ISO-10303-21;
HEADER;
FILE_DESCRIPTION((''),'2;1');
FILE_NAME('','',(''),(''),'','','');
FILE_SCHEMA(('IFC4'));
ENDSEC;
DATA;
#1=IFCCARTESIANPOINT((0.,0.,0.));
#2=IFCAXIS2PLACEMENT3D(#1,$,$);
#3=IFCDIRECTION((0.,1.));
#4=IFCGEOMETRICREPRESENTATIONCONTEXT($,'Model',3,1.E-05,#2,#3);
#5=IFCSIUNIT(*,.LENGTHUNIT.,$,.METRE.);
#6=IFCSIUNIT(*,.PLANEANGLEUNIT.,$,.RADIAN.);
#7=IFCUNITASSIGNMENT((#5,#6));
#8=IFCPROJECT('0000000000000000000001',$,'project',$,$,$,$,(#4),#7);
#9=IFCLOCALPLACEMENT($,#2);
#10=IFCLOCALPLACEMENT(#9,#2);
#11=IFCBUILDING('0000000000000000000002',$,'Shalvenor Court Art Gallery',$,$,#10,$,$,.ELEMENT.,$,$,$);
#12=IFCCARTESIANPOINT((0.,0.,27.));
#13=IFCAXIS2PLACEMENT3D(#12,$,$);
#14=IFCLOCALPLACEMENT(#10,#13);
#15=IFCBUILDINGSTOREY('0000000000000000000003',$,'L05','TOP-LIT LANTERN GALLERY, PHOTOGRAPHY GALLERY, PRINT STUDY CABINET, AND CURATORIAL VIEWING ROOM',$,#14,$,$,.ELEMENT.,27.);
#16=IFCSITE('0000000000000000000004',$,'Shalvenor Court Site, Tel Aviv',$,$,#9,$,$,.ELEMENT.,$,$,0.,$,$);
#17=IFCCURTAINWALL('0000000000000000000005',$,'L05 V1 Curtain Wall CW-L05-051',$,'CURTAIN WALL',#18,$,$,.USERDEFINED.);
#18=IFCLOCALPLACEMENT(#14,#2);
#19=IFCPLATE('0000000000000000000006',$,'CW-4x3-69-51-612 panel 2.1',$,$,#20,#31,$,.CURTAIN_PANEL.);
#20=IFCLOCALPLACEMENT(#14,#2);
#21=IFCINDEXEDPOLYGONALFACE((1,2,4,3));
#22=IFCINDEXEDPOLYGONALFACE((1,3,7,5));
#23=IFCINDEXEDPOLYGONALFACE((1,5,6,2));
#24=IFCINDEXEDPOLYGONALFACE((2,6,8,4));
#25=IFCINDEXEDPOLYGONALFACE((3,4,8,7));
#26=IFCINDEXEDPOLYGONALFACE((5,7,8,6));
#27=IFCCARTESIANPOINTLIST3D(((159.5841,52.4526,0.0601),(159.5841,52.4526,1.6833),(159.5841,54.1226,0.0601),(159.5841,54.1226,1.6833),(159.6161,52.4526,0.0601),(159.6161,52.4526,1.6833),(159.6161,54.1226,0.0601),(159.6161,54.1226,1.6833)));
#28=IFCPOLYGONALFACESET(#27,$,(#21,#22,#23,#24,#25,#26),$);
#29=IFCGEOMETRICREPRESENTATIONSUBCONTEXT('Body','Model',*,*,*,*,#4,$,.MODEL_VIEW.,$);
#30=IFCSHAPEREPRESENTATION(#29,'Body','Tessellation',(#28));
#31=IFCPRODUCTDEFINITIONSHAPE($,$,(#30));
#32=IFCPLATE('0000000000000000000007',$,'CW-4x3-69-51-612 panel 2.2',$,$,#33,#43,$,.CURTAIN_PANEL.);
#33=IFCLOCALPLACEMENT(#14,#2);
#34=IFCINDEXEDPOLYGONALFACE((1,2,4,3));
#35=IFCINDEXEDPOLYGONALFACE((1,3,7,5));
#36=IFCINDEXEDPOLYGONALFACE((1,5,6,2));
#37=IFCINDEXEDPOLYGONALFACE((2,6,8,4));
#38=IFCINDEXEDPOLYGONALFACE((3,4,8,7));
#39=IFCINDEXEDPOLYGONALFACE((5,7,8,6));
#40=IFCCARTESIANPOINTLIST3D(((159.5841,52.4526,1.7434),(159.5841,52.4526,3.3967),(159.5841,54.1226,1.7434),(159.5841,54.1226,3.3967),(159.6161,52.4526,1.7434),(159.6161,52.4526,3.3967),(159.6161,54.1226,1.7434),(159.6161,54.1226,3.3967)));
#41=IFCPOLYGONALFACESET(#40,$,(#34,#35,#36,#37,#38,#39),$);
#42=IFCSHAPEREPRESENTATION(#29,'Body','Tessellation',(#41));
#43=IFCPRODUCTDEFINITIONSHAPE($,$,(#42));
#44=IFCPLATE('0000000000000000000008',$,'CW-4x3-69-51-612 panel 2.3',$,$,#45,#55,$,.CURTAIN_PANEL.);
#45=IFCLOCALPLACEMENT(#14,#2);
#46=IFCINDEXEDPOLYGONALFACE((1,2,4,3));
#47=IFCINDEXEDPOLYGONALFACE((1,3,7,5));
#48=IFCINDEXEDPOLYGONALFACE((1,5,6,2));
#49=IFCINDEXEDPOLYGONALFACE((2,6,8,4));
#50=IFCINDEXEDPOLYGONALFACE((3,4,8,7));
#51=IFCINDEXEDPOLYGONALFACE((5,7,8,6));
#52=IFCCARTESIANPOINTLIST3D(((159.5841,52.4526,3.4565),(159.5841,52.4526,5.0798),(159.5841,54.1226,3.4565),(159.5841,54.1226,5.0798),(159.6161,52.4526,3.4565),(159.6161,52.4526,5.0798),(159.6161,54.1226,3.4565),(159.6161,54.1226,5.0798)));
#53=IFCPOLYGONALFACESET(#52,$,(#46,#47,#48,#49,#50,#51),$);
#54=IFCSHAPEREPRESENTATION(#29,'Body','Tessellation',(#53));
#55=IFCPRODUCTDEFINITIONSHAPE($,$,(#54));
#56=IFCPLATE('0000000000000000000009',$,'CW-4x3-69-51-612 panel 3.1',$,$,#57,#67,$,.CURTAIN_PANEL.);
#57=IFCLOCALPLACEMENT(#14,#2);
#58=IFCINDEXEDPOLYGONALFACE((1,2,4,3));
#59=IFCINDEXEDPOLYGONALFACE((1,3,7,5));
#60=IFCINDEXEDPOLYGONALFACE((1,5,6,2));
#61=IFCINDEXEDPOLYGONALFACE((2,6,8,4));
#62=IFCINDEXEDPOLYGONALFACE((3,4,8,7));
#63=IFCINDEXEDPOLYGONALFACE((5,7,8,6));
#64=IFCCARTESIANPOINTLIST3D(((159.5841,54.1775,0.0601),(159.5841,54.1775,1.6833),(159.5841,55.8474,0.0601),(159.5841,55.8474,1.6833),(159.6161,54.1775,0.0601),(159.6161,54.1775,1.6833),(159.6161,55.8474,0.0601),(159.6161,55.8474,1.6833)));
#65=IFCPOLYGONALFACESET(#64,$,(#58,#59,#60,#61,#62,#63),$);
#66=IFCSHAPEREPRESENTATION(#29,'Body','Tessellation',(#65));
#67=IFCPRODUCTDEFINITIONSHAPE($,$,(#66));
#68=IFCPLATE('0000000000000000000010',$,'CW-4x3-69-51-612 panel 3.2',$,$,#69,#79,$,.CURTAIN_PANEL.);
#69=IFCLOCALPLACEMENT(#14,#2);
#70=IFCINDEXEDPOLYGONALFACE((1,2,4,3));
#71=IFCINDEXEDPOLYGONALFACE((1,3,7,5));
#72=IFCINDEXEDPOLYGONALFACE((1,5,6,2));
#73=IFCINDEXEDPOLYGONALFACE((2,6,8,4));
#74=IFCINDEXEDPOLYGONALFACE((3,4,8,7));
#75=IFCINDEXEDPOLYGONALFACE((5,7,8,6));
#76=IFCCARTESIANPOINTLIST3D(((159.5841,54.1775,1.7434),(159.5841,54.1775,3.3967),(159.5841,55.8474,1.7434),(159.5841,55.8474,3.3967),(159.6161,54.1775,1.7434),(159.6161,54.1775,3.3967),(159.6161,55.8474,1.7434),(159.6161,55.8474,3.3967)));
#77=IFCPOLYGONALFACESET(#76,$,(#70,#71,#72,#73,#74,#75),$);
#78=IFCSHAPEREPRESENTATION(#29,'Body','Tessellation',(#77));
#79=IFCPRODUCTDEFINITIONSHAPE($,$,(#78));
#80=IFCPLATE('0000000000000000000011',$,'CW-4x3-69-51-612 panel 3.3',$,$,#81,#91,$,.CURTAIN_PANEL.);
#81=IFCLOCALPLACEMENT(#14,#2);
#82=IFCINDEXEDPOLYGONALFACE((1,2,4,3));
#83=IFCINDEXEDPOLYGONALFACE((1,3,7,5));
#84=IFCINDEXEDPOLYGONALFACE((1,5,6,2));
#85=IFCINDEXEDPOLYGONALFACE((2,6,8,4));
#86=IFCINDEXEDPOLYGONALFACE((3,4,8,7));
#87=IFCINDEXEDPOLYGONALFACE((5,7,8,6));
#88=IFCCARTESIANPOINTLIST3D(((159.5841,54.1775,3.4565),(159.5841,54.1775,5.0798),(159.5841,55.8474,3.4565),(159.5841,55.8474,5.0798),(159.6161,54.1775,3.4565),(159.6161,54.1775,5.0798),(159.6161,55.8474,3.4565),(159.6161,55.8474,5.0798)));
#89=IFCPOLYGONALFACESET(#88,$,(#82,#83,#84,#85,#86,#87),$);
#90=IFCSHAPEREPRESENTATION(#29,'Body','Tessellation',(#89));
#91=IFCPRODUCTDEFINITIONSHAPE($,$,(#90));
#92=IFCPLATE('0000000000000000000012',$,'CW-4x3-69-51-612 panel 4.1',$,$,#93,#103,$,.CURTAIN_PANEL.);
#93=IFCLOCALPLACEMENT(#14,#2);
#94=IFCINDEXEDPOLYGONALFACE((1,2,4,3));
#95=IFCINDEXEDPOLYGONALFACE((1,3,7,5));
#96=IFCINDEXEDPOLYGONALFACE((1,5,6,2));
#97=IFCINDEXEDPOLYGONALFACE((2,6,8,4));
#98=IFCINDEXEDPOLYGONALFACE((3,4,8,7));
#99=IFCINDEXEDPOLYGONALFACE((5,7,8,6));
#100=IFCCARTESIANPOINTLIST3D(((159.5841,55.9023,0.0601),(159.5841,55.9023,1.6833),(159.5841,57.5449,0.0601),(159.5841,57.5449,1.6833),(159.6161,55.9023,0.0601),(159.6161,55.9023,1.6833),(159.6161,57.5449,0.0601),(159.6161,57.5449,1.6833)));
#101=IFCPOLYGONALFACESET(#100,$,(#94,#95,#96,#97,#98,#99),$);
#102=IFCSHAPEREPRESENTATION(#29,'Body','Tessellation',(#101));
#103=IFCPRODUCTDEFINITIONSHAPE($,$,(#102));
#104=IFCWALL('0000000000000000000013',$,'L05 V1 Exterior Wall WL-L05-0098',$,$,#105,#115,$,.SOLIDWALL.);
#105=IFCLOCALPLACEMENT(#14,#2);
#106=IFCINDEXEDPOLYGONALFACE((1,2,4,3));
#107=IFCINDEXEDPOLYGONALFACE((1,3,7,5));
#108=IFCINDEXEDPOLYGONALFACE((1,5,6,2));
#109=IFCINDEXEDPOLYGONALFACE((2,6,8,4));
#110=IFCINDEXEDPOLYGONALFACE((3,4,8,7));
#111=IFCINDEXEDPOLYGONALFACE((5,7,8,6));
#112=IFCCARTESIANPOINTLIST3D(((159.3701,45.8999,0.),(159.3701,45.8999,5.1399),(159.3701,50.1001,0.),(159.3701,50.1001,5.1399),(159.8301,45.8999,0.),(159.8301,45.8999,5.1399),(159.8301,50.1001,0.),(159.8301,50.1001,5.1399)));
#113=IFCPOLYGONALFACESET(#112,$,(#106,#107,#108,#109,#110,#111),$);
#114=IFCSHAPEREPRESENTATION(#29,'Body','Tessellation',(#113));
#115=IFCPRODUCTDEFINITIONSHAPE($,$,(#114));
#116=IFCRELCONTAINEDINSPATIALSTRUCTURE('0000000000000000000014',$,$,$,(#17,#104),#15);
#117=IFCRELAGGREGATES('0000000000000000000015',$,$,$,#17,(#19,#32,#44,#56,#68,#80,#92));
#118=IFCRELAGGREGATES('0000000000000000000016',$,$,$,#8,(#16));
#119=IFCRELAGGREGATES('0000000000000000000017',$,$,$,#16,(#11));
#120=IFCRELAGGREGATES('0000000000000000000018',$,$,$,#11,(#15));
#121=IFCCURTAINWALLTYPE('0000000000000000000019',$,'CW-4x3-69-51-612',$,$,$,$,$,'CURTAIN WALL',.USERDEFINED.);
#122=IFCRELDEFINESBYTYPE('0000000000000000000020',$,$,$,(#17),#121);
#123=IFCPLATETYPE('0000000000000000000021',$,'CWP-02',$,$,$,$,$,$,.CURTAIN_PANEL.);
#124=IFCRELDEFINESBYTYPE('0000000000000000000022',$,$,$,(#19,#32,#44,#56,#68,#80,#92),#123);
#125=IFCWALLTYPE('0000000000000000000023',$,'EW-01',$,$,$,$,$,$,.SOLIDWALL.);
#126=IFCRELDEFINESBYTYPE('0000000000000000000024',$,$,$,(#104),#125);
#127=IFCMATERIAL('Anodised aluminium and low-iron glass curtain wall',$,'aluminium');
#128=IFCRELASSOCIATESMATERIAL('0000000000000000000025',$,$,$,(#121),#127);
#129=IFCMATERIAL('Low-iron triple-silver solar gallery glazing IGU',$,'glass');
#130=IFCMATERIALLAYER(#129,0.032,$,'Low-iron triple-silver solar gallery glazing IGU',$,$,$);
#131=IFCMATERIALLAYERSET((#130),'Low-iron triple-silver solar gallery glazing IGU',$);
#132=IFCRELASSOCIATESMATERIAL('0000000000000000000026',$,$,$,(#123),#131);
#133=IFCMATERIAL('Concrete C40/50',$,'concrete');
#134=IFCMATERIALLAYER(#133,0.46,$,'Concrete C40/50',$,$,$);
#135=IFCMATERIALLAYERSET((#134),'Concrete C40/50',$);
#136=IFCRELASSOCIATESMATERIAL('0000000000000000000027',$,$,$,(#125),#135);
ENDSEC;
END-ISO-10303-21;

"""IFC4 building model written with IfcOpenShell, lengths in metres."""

from ifc_helpers import new_model, si_unit, direction, frame, frame_2d, origin, origin_2d, place, context, subcontext, project, spatial, rectangle, extrude, material, layer, layer_set, type_object, element, aggregate, save


model = new_model("IFC4")

# Units and contexts
model_context = context("Model", 3, precision=1e-05, world=origin(), true_north=direction((0.0, 1.0)))
body_context = subcontext(model_context, "Body", "Model", "MODEL_VIEW")
ifc_project = project(units=[si_unit("LENGTHUNIT", "METRE"), si_unit("PLANEANGLEUNIT", "RADIAN")], contexts=[model_context])

# Site, building, storey
site_placement = place(None, origin())
site = spatial("IfcSite", under=ifc_project, at=site_placement, Name="Shalvenor Court Site, Tel Aviv", CompositionType="ELEMENT", RefElevation=0.0)
building_placement = place(site_placement, origin())
building = spatial("IfcBuilding", under=site, at=building_placement, Name="Shalvenor Court Art Gallery", CompositionType="ELEMENT")
storey_placement = place(building_placement, frame((0.0, 0.0, 27.0)))
storey = spatial("IfcBuildingStorey", under=building, at=storey_placement, Name="L05", Description="TOP-LIT LANTERN GALLERY, PHOTOGRAPHY GALLERY, PRINT STUDY CABINET, AND CURATORIAL VIEWING ROOM", CompositionType="ELEMENT", Elevation=27.0)

# Curtain wall, plates
ifc_material_1 = material(Name="Anodised aluminium and low-iron glass curtain wall", Category="aluminium")
curtain_wall_type = type_object("IfcCurtainWallType", Name="CW-4x3-69-51-612", ElementType="CURTAIN WALL", PredefinedType="USERDEFINED", material=ifc_material_1)
curtain_wall_placement = place(storey_placement, origin())
curtain_wall = element("IfcCurtainWall", 1, at=curtain_wall_placement, inside=storey, type_object=curtain_wall_type, Name="L05 V1 Curtain Wall CW-L05-051", ObjectType="CURTAIN WALL", PredefinedType="USERDEFINED")
ifc_material_2 = material(Name="Low-iron triple-silver solar gallery glazing IGU", Category="glass")
ifc_layer_1 = layer(ifc_material_2, 0.032, Name="Low-iron triple-silver solar gallery glazing IGU")
ifc_layer_set_1 = layer_set([ifc_layer_1], Name="Low-iron triple-silver solar gallery glazing IGU")
plate_type = type_object("IfcPlateType", Name="CWP-02", PredefinedType="CURTAIN_PANEL", material=ifc_layer_set_1)
plate_1_placement = place(storey_placement, frame((159.6001, 53.2876, 0.0601), z_axis=(0.0, 0.0, 1.0), x_axis=(0.0, 1.0, 0.0)))
plate_1 = element("IfcPlate", 2, at=plate_1_placement, type_object=plate_type, Name="CW-4x3-69-51-612 panel 2.1", PredefinedType="CURTAIN_PANEL", context=body_context, shape_type="SweptSolid", body=[
    extrude(rectangle(XDim=1.6699, YDim=0.032, at=origin_2d()), origin(), (0.0, 0.0, 1.0), 1.6233),
])
plate_2_placement = place(storey_placement, frame((159.6001, 53.2876, 1.7434), z_axis=(0.0, 0.0, 1.0), x_axis=(0.0, 1.0, 0.0)))
plate_2 = element("IfcPlate", 3, at=plate_2_placement, type_object=plate_type, Name="CW-4x3-69-51-612 panel 2.2", PredefinedType="CURTAIN_PANEL", context=body_context, shape_type="SweptSolid", body=[
    extrude(rectangle(XDim=1.6699, YDim=0.032, at=origin_2d()), origin(), (0.0, 0.0, 1.0), 1.6533),
])
plate_3_placement = place(storey_placement, frame((159.6001, 53.2876, 3.4565), z_axis=(0.0, 0.0, 1.0), x_axis=(0.0, 1.0, 0.0)))
plate_3 = element("IfcPlate", 4, at=plate_3_placement, type_object=plate_type, Name="CW-4x3-69-51-612 panel 2.3", PredefinedType="CURTAIN_PANEL", context=body_context, shape_type="SweptSolid", body=[
    extrude(rectangle(XDim=1.6699, YDim=0.032, at=origin_2d()), origin(), (0.0, 0.0, 1.0), 1.6233),
])
plate_4_placement = place(storey_placement, frame((159.6001, 55.0125, 0.0601), z_axis=(0.0, 0.0, 1.0), x_axis=(0.0, 1.0, 0.0)))
plate_4 = element("IfcPlate", 5, at=plate_4_placement, type_object=plate_type, Name="CW-4x3-69-51-612 panel 3.1", PredefinedType="CURTAIN_PANEL", context=body_context, shape_type="SweptSolid", body=[
    extrude(rectangle(XDim=1.6699, YDim=0.032, at=origin_2d()), origin(), (0.0, 0.0, 1.0), 1.6233),
])
plate_5_placement = place(storey_placement, frame((159.6001, 55.0125, 1.7434), z_axis=(0.0, 0.0, 1.0), x_axis=(0.0, 1.0, 0.0)))
plate_5 = element("IfcPlate", 6, at=plate_5_placement, type_object=plate_type, Name="CW-4x3-69-51-612 panel 3.2", PredefinedType="CURTAIN_PANEL", context=body_context, shape_type="SweptSolid", body=[
    extrude(rectangle(XDim=1.6699, YDim=0.032, at=origin_2d()), origin(), (0.0, 0.0, 1.0), 1.6533),
])
plate_6_placement = place(storey_placement, frame((159.6001, 55.0125, 3.4565), z_axis=(0.0, 0.0, 1.0), x_axis=(0.0, 1.0, 0.0)))
plate_6 = element("IfcPlate", 7, at=plate_6_placement, type_object=plate_type, Name="CW-4x3-69-51-612 panel 3.3", PredefinedType="CURTAIN_PANEL", context=body_context, shape_type="SweptSolid", body=[
    extrude(rectangle(XDim=1.6699, YDim=0.032, at=origin_2d()), origin(), (0.0, 0.0, 1.0), 1.6233),
])
plate_7_placement = place(storey_placement, frame((159.6001, 56.7236, 0.0601), z_axis=(0.0, 0.0, 1.0), x_axis=(0.0, 1.0, 0.0)))
plate_7 = element("IfcPlate", 8, at=plate_7_placement, type_object=plate_type, Name="CW-4x3-69-51-612 panel 4.1", PredefinedType="CURTAIN_PANEL", context=body_context, shape_type="SweptSolid", body=[
    extrude(rectangle(XDim=1.6426, YDim=0.032, at=origin_2d()), origin(), (0.0, 0.0, 1.0), 1.6233),
])
aggregate(curtain_wall, [plate_1, plate_2, plate_3, plate_4, plate_5, plate_6, plate_7])

# Wall
ifc_material_3 = material(Name="Concrete C40/50", Category="concrete")
ifc_layer_2 = layer(ifc_material_3, 0.46, Name="Concrete C40/50")
ifc_layer_set_2 = layer_set([ifc_layer_2], Name="Concrete C40/50")
wall_type = type_object("IfcWallType", Name="EW-01", PredefinedType="SOLIDWALL", material=ifc_layer_set_2)
wall_placement = place(storey_placement, frame((159.6001, 45.8999, 0.0), z_axis=(0.0, 0.0, 1.0), x_axis=(0.0, 1.0, 0.0)))
element("IfcWall", 9, at=wall_placement, inside=storey, type_object=wall_type, Name="L05 V1 Exterior Wall WL-L05-0098", PredefinedType="SOLIDWALL", context=body_context, shape_type="SweptSolid", body=[
    extrude(rectangle(XDim=4.2002, YDim=0.46, at=frame_2d((2.1001, 0.0))), origin(), (0.0, 0.0, 1.0), 5.1399),
])

save(model, "model.ifc")
